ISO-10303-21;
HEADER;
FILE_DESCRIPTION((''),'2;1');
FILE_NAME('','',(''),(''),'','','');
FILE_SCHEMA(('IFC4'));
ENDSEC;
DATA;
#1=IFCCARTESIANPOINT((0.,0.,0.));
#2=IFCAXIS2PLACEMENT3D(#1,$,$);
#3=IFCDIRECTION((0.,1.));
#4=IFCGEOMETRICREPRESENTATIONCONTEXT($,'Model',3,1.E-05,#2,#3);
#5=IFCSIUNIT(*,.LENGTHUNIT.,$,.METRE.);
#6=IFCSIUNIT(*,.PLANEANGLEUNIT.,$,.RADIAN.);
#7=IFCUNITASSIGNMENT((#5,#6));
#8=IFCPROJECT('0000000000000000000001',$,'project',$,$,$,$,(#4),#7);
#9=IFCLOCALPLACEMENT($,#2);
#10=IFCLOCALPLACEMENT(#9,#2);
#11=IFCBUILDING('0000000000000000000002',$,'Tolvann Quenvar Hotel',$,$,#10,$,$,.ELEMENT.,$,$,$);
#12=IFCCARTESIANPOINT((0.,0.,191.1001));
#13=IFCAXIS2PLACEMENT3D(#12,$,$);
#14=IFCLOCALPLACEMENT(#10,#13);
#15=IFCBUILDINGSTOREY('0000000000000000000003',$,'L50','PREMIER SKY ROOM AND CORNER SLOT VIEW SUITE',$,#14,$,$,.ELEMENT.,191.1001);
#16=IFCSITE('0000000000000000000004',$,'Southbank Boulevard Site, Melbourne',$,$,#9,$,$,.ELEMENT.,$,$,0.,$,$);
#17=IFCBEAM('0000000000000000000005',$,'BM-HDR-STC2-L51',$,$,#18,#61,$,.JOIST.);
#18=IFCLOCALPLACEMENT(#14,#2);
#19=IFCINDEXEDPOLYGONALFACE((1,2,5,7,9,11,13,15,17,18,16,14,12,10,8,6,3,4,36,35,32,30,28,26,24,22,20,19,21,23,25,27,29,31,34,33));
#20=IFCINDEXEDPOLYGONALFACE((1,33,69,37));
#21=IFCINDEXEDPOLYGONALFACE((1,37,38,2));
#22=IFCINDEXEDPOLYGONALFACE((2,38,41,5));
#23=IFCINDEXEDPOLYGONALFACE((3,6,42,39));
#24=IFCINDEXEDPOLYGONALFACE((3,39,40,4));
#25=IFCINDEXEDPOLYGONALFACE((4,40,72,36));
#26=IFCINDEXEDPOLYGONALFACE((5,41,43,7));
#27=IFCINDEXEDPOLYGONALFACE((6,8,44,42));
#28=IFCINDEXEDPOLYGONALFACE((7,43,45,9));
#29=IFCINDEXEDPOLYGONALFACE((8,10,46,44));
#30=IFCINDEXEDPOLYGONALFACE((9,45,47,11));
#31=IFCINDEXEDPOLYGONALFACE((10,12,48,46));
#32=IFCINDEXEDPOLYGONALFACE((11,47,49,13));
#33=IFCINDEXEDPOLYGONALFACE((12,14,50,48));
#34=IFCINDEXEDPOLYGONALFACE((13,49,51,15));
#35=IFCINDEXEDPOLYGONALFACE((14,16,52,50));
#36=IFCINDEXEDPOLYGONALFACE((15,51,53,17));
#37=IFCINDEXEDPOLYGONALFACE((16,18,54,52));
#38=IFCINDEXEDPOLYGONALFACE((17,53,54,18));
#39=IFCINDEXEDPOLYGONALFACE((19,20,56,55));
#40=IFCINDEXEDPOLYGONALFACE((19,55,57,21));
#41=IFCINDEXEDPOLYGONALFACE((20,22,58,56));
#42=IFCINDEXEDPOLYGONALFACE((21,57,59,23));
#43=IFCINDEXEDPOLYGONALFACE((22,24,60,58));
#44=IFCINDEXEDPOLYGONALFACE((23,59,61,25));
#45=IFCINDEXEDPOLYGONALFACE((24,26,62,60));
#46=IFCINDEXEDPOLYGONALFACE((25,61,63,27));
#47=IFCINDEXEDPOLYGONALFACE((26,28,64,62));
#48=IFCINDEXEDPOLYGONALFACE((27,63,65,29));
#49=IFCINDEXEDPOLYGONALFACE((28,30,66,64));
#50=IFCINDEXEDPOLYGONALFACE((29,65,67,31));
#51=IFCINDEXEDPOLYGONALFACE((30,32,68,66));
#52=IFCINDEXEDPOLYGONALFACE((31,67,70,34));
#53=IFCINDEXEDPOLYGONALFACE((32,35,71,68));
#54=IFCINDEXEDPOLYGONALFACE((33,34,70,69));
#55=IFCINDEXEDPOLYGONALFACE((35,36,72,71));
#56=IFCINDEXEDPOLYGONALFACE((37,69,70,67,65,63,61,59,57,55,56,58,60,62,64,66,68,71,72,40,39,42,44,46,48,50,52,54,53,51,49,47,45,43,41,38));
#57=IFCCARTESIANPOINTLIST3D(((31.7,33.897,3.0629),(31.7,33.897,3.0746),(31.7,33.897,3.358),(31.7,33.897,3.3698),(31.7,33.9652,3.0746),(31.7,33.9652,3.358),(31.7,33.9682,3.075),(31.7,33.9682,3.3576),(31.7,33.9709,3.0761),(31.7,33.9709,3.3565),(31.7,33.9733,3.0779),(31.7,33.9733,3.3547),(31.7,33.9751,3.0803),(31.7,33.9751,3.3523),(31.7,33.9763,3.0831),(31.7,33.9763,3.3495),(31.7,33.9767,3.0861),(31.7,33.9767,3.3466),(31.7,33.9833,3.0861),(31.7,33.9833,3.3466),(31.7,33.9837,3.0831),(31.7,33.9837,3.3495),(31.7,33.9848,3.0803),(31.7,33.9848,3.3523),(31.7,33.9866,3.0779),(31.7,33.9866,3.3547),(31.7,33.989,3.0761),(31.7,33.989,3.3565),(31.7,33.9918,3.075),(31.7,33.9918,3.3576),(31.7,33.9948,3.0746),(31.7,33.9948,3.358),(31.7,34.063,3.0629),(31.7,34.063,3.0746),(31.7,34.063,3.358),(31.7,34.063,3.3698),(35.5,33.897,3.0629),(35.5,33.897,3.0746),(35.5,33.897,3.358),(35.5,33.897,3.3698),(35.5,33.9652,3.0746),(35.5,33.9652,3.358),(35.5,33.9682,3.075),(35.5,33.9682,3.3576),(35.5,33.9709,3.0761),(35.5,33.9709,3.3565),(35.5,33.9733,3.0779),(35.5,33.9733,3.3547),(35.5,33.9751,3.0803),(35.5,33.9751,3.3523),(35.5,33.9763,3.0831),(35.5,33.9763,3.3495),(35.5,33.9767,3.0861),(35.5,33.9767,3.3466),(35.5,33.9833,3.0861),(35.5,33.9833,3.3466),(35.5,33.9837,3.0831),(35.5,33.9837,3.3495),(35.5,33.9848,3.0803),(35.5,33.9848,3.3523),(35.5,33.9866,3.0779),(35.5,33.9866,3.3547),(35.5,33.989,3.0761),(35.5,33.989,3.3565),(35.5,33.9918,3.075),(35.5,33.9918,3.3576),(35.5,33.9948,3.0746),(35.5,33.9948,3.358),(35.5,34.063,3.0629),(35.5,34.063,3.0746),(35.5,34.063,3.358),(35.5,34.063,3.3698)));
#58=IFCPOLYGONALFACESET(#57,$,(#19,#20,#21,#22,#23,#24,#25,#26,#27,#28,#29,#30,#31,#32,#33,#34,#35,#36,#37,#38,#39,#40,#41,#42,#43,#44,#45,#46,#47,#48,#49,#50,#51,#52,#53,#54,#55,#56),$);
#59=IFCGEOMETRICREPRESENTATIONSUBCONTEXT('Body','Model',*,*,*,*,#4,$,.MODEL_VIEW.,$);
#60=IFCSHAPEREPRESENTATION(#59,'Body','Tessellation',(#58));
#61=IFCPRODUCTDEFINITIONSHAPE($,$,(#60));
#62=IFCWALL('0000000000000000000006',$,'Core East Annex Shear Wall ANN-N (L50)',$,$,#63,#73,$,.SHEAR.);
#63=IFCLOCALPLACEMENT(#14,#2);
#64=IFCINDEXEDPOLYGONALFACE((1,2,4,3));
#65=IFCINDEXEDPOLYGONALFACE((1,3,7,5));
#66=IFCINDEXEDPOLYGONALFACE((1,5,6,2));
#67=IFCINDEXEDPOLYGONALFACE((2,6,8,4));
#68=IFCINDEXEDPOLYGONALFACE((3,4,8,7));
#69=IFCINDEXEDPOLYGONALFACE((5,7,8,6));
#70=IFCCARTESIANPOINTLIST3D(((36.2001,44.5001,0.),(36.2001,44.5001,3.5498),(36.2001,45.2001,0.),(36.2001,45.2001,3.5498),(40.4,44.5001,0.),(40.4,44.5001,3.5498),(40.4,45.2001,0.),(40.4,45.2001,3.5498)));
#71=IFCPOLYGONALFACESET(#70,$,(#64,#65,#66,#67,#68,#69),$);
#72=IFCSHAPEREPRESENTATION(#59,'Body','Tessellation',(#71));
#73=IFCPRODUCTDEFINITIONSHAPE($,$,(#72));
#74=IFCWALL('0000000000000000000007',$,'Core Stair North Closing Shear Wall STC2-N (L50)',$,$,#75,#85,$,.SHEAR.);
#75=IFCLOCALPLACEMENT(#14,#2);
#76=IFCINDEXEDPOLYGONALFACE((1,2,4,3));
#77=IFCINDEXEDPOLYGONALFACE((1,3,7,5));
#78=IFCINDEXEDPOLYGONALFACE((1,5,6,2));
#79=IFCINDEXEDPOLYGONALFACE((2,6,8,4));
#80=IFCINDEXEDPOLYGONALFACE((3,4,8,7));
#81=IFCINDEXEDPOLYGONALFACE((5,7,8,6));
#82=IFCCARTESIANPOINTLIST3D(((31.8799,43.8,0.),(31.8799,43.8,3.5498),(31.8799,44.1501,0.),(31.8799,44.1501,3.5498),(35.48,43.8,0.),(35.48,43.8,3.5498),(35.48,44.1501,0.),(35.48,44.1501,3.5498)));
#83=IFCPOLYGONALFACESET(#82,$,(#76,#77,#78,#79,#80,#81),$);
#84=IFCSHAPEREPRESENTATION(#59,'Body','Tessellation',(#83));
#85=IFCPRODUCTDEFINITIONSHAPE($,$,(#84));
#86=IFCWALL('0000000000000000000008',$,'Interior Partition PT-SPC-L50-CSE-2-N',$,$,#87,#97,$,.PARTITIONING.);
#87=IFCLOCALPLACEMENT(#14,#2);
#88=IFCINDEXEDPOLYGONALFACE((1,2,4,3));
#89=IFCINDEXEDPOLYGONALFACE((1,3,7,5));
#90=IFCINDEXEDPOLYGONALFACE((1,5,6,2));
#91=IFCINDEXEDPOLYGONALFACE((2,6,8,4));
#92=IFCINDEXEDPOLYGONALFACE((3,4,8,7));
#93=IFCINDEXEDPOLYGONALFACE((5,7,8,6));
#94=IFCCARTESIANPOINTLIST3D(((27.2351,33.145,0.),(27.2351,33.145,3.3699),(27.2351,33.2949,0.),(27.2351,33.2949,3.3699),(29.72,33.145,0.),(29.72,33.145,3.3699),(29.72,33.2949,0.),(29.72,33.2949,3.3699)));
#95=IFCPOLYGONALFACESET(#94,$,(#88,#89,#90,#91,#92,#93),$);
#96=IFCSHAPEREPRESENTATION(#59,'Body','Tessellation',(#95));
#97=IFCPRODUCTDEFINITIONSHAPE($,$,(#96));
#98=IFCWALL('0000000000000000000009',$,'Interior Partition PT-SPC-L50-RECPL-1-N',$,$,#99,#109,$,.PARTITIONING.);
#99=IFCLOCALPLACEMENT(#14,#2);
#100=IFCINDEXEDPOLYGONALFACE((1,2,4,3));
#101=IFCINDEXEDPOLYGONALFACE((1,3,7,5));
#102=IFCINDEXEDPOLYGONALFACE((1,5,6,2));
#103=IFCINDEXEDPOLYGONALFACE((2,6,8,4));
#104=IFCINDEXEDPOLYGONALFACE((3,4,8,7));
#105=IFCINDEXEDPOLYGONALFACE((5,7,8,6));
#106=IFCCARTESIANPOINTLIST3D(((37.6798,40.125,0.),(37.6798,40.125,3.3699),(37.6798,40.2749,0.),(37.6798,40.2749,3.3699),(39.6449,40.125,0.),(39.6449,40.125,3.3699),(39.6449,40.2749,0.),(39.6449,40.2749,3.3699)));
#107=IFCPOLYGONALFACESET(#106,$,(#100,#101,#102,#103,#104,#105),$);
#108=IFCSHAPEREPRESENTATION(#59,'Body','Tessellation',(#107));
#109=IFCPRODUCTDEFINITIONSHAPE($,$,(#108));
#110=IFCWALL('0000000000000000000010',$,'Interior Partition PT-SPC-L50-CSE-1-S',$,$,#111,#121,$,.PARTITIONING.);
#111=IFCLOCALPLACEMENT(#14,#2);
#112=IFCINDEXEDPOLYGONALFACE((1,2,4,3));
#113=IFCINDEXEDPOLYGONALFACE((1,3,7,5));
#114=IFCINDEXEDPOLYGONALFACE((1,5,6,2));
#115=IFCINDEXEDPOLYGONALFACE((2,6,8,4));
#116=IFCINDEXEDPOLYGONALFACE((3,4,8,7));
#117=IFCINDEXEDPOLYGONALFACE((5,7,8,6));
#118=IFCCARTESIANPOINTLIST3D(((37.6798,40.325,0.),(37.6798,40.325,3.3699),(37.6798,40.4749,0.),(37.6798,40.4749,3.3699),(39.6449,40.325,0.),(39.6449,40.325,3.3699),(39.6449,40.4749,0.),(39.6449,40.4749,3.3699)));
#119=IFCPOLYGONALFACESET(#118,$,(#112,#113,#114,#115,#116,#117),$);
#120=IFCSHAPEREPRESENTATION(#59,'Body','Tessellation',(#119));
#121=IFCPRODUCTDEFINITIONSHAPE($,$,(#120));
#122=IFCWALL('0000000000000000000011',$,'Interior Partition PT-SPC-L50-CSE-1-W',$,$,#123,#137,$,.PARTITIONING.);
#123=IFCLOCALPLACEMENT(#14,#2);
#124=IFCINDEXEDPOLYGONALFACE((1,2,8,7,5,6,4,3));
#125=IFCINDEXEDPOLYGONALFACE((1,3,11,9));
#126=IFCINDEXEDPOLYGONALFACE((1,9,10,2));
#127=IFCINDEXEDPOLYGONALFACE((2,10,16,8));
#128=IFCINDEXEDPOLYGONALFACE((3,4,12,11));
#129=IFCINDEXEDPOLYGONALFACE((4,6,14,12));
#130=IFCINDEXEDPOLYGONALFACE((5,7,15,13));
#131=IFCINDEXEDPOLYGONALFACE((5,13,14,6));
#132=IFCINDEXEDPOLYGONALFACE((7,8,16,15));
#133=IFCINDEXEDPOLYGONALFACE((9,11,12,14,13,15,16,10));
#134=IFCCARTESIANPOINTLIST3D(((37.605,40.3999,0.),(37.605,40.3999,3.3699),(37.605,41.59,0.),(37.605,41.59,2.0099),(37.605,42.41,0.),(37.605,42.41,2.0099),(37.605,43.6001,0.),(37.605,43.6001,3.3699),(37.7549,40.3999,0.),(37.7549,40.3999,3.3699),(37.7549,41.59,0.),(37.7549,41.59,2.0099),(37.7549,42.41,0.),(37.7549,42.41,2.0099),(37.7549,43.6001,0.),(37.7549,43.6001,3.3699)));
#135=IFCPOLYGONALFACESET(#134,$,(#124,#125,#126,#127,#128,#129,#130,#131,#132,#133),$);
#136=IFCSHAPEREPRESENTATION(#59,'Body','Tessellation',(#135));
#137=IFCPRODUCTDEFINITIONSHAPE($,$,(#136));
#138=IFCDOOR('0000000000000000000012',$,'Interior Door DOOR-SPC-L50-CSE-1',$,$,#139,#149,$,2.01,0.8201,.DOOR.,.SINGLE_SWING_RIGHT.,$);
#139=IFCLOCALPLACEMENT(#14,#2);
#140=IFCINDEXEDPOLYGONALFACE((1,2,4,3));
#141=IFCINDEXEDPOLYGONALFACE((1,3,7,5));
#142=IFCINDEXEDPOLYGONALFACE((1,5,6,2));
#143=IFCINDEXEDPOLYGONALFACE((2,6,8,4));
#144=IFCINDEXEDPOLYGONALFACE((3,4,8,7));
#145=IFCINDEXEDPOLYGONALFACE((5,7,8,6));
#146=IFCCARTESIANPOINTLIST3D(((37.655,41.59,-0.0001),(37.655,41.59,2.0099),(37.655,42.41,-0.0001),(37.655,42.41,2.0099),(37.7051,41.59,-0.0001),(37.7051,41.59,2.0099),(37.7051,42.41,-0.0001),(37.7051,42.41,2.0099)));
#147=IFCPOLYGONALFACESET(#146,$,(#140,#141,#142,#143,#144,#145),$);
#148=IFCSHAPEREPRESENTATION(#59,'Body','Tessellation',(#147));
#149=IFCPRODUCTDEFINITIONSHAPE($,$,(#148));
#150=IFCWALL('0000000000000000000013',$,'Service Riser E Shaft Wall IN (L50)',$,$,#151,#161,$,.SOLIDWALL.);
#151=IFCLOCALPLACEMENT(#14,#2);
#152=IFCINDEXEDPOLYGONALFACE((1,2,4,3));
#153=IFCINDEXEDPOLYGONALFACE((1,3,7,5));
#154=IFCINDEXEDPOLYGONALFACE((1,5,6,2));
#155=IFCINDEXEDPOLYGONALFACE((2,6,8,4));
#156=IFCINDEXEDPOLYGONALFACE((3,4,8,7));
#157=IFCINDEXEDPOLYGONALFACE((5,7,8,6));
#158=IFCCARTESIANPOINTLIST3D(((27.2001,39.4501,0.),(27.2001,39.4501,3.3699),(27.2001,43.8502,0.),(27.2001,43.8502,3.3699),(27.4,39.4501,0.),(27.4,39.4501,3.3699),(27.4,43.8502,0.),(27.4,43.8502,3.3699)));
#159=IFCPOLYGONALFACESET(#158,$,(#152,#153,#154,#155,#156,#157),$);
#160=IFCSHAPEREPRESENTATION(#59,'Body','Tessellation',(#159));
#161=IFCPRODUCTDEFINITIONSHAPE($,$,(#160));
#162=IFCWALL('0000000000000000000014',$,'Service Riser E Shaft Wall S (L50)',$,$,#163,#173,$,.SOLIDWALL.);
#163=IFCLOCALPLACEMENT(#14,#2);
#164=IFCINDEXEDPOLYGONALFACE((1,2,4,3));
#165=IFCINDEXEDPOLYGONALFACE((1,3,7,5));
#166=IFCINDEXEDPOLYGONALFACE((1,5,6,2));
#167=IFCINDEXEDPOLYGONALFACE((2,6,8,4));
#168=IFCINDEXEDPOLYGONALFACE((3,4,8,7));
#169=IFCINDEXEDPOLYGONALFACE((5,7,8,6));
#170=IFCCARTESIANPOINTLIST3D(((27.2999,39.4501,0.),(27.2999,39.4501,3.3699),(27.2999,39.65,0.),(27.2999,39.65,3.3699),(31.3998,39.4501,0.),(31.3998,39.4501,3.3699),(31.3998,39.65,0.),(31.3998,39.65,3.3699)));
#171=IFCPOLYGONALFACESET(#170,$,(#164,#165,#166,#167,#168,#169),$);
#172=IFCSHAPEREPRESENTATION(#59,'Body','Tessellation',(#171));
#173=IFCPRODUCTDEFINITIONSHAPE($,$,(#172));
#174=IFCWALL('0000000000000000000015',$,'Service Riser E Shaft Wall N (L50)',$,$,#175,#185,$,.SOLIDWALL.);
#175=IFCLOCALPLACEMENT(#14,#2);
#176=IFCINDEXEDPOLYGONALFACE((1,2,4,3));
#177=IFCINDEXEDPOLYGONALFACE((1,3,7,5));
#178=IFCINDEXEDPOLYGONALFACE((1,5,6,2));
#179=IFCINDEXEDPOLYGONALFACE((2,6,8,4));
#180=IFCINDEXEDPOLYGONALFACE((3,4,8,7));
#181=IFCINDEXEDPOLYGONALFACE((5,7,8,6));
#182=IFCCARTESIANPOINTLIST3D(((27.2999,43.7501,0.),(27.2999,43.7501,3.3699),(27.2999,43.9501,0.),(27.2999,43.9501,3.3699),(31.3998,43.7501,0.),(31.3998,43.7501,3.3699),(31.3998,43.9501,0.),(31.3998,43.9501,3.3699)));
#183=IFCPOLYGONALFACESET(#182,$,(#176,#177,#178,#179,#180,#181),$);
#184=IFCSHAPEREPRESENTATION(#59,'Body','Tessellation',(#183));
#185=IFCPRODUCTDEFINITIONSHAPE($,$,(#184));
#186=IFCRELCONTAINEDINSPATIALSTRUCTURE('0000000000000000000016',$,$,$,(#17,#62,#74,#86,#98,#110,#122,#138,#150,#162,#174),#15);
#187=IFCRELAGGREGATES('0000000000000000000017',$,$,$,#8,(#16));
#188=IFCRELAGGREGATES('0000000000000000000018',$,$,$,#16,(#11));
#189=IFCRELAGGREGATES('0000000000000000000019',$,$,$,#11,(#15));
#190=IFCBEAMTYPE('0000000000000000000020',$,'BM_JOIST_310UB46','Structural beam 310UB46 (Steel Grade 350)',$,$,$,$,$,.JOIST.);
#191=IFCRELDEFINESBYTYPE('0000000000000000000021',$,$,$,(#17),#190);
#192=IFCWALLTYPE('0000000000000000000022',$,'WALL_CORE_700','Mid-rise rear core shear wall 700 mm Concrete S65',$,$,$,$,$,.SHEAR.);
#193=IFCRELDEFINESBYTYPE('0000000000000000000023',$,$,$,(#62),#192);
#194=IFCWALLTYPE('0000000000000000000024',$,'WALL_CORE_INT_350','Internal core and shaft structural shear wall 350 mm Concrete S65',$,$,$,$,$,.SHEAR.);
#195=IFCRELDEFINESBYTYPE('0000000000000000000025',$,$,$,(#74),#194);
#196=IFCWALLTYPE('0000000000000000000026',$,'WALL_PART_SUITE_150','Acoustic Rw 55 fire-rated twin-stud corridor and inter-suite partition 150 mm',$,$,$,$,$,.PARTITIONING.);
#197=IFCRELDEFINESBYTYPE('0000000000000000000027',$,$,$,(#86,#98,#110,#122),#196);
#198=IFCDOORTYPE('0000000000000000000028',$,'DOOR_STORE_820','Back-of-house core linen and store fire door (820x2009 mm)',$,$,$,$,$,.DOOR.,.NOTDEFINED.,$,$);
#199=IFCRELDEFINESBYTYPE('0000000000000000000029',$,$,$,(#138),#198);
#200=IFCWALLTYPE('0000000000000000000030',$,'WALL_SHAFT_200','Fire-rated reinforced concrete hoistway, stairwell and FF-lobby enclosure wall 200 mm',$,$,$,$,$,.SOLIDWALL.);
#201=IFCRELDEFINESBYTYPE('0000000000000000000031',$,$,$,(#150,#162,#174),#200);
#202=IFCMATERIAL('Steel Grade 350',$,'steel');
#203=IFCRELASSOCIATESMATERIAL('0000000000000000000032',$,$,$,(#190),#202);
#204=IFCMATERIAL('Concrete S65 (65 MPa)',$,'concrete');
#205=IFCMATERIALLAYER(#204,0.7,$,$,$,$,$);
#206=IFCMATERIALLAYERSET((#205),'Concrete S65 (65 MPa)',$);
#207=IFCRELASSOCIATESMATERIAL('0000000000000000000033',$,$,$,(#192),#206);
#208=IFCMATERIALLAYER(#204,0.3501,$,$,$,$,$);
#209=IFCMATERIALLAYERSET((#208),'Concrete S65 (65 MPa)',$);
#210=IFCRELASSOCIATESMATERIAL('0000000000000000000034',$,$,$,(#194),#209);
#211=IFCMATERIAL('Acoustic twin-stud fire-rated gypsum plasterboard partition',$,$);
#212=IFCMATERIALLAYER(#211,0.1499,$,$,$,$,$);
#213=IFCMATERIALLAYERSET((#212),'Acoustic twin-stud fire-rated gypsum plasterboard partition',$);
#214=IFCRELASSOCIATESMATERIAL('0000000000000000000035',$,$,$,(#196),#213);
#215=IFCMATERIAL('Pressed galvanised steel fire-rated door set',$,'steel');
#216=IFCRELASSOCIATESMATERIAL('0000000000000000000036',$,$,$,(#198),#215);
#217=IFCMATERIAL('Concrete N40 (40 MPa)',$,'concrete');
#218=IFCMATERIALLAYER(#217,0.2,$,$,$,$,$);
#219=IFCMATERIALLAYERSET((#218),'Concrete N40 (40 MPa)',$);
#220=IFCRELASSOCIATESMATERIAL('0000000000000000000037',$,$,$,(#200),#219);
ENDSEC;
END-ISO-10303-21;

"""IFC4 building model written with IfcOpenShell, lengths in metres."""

from ifc_helpers import new_model, si_unit, direction, frame, frame_2d, origin, origin_2d, place, context, subcontext, project, spatial, rectangle, i_section, extrude, source, transform, mapped, material, layer, layer_set, material_profile, profile_set, type_object, type_shapes, element, fill, save


model = new_model("IFC4")

# Units and contexts
model_context = context("Model", 3, precision=1e-05, world=origin(), true_north=direction((0.0, 1.0)))
body_context = subcontext(model_context, "Body", "Model", "MODEL_VIEW")
ifc_project = project(units=[si_unit("LENGTHUNIT", "METRE"), si_unit("PLANEANGLEUNIT", "RADIAN")], contexts=[model_context])

# Site, building, storey
site_placement = place(None, origin())
site = spatial("IfcSite", under=ifc_project, at=site_placement, Name="Southbank Boulevard Site, Melbourne", CompositionType="ELEMENT", RefElevation=0.0)
building_placement = place(site_placement, origin())
building = spatial("IfcBuilding", under=site, at=building_placement, Name="Tolvann Quenvar Hotel", CompositionType="ELEMENT")
storey_placement = place(building_placement, frame((0.0, 0.0, 191.1001)))
storey = spatial("IfcBuildingStorey", under=building, at=storey_placement, Name="L50", Description="PREMIER SKY ROOM AND CORNER SLOT VIEW SUITE", CompositionType="ELEMENT", Elevation=191.1001)

# Beam
ifc_material_1 = material(Name="Steel Grade 350", Category="steel")
ifc_material_profile = material_profile(ifc_material_1, i_section(OverallWidth=0.166, OverallDepth=0.3069, WebThickness=0.0066, FlangeThickness=0.0117, FilletRadius=0.0115, at=origin_2d()), Name="310UB46")
ifc_profile_set = profile_set([ifc_material_profile], Name="Steel Grade 350")
beam_type = type_object("IfcBeamType", Name="BM_JOIST_310UB46", Description="Structural beam 310UB46 (Steel Grade 350)", PredefinedType="JOIST", material=ifc_profile_set)
shared_shape_1 = source(origin(), body_context, "Body", "SweptSolid", [
    extrude(i_section(OverallWidth=0.166, OverallDepth=0.3069, WebThickness=0.0066, FlangeThickness=0.0117, FilletRadius=0.0115, at=origin_2d()), origin(), (0.0, 0.0, 1.0), 3.8),
])
type_shapes(beam_type, [shared_shape_1])
beam_placement = place(storey_placement, frame((31.7, 33.98, 3.2163), z_axis=(1.0, 0.0, 0.0), x_axis=(0.0, 1.0, 0.0)))
element("IfcBeam", 1, at=beam_placement, inside=storey, type_object=beam_type, Name="BM-HDR-STC2-L51", PredefinedType="JOIST", context=body_context, shape_type="MappedRepresentation", body=[
    mapped(shared_shape_1, transform((0.0, 0.0, 0.0), x_axis=(1.0, 0.0, 0.0), y_axis=(0.0, 1.0, 0.0), z_axis=(0.0, 0.0, 1.0), scale=1.0)),
])

# Walls
ifc_material_2 = material(Name="Concrete S65 (65 MPa)", Category="concrete")
ifc_layer_1 = layer(ifc_material_2, 0.7)
ifc_layer_set_1 = layer_set([ifc_layer_1], Name="Concrete S65 (65 MPa)")
wall_type_1 = type_object("IfcWallType", Name="WALL_CORE_700", Description="Mid-rise rear core shear wall 700 mm Concrete S65", PredefinedType="SHEAR", material=ifc_layer_set_1)
wall_1_placement = place(storey_placement, frame((36.2, 44.8501, 0.0), z_axis=(0.0, 0.0, 1.0), x_axis=(1.0, 0.0, 0.0)))
element("IfcWall", 2, at=wall_1_placement, inside=storey, type_object=wall_type_1, Name="Core East Annex Shear Wall ANN-N (L50)", PredefinedType="SHEAR", context=body_context, shape_type="SweptSolid", body=[
    extrude(rectangle(XDim=4.2, YDim=0.7, at=frame_2d((2.1001, 0.0))), origin(), (0.0, 0.0, 1.0), 3.5498),
])
ifc_layer_2 = layer(ifc_material_2, 0.3501)
ifc_layer_set_2 = layer_set([ifc_layer_2], Name="Concrete S65 (65 MPa)")
wall_type_2 = type_object("IfcWallType", Name="WALL_CORE_INT_350", Description="Internal core and shaft structural shear wall 350 mm Concrete S65", PredefinedType="SHEAR", material=ifc_layer_set_2)
wall_2_placement = place(storey_placement, frame((31.8799, 43.9751, 0.0), z_axis=(0.0, 0.0, 1.0), x_axis=(1.0, 0.0, 0.0)))
element("IfcWall", 3, at=wall_2_placement, inside=storey, type_object=wall_type_2, Name="Core Stair North Closing Shear Wall STC2-N (L50)", PredefinedType="SHEAR", context=body_context, shape_type="SweptSolid", body=[
    extrude(rectangle(XDim=3.6001, YDim=0.3501, at=frame_2d((1.8, 0.0))), origin(), (0.0, 0.0, 1.0), 3.5498),
])
ifc_material_3 = material(Name="Acoustic twin-stud fire-rated gypsum plasterboard partition")
ifc_layer_3 = layer(ifc_material_3, 0.1499)
ifc_layer_set_3 = layer_set([ifc_layer_3], Name="Acoustic twin-stud fire-rated gypsum plasterboard partition")
wall_type_3 = type_object("IfcWallType", Name="WALL_PART_SUITE_150", Description="Acoustic Rw 55 fire-rated twin-stud corridor and inter-suite partition 150 mm", PredefinedType="PARTITIONING", material=ifc_layer_set_3)
wall_3_placement = place(storey_placement, frame((27.2351, 33.22, 0.0), z_axis=(0.0, 0.0, 1.0), x_axis=(1.0, 0.0, 0.0)))
element("IfcWall", 4, at=wall_3_placement, inside=storey, type_object=wall_type_3, Name="Interior Partition PT-SPC-L50-CSE-2-N", PredefinedType="PARTITIONING", context=body_context, shape_type="SweptSolid", body=[
    extrude(rectangle(XDim=2.4849, YDim=0.1499, at=frame_2d((1.2424, 0.0))), origin(), (0.0, 0.0, 1.0), 3.3699),
])
for number, where, z_axis, x_axis, name in (
    (5, (37.6799, 40.2, 0.0), (0.0, 0.0, 1.0), (1.0, 0.0, 0.0), "Interior Partition PT-SPC-L50-RECPL-1-N"),
    (6, (37.6799, 40.3999, 0.0), (0.0, 0.0, 1.0), (1.0, 0.0, 0.0), "Interior Partition PT-SPC-L50-CSE-1-S"),
):
    element("IfcWall", number, at=place(storey_placement, frame(where, z_axis=z_axis, x_axis=x_axis)), inside=storey, type_object=wall_type_3, Name=name, PredefinedType="PARTITIONING", context=body_context, shape_type="SweptSolid", body=[
        extrude(rectangle(XDim=1.9651, YDim=0.1499, at=frame_2d((0.9824, 0.0))), origin(), (0.0, 0.0, 1.0), 3.3699),
    ])

# Wall, opening, door
wall_4_placement = place(storey_placement, frame((37.6799, 40.3999, 0.0), z_axis=(0.0, 0.0, 1.0), x_axis=(0.0, 1.0, 0.0)))
wall_4 = element("IfcWall", 7, at=wall_4_placement, inside=storey, type_object=wall_type_3, Name="Interior Partition PT-SPC-L50-CSE-1-W", PredefinedType="PARTITIONING", context=body_context, shape_type="SweptSolid", body=[
    extrude(rectangle(XDim=3.2002, YDim=0.1499, at=frame_2d((1.6001, 0.0))), origin(), (0.0, 0.0, 1.0), 3.3699),
])
opening_1_placement = place(wall_4_placement, frame((1.1899, 0.0, 0.0)))
opening_1 = element("IfcOpeningElement", 8, at=opening_1_placement, cuts=wall_4, PredefinedType="OPENING", context=body_context, shape_type="SweptSolid", body=[
    extrude(rectangle(XDim=0.8201, YDim=2.01, at=frame_2d((0.4102, 1.0049))), frame((0.0, 0.085, 0.0), z_axis=(0.0, -1.0, 0.0), x_axis=(1.0, 0.0, 0.0)), (0.0, 0.0, 1.0), 0.1699),
])
ifc_material_4 = material(Name="Pressed galvanised steel fire-rated door set", Category="steel")
door_type_1 = type_object("IfcDoorType", Name="DOOR_STORE_820", Description="Back-of-house core linen and store fire door (820x2009 mm)", OperationType="NOTDEFINED", PredefinedType="DOOR", material=ifc_material_4)
shared_shape_2 = source(origin(), body_context, "Body", "SweptSolid", [
    extrude(rectangle(XDim=0.8201, YDim=2.01, at=frame_2d((0.4102, 1.0049))), frame((0.0, 0.0249, 0.0), z_axis=(0.0, -1.0, 0.0), x_axis=(1.0, 0.0, 0.0)), (0.0, 0.0, 1.0), 0.05),
])
type_shapes(door_type_1, [shared_shape_2])
door_1_placement = place(opening_1_placement, origin())
door_1 = element("IfcDoor", 9, at=door_1_placement, inside=storey, type_object=door_type_1, Name="Interior Door DOOR-SPC-L50-CSE-1", OperationType="SINGLE_SWING_RIGHT", OverallHeight=2.01, OverallWidth=0.8201, PredefinedType="DOOR", context=body_context, shape_type="MappedRepresentation", body=[
    mapped(shared_shape_2, transform((0.0, 0.0, 0.0), x_axis=(1.0, 0.0, 0.0), y_axis=(0.0, 1.0, 0.0), z_axis=(0.0, 0.0, 1.0), scale=1.0)),
])
fill(opening_1, door_1)

# Walls
ifc_material_5 = material(Name="Concrete N40 (40 MPa)", Category="concrete")
ifc_layer_4 = layer(ifc_material_5, 0.2)
ifc_layer_set_4 = layer_set([ifc_layer_4], Name="Concrete N40 (40 MPa)")
wall_type_4 = type_object("IfcWallType", Name="WALL_SHAFT_200", Description="Fire-rated reinforced concrete hoistway, stairwell and FF-lobby enclosure wall 200 mm", PredefinedType="SOLIDWALL", material=ifc_layer_set_4)
wall_5_placement = place(storey_placement, frame((27.3, 39.45, 0.0), z_axis=(0.0, 0.0, 1.0), x_axis=(0.0, 1.0, 0.0)))
element("IfcWall", 10, at=wall_5_placement, inside=storey, type_object=wall_type_4, Name="Service Riser E Shaft Wall IN (L50)", PredefinedType="SOLIDWALL", context=body_context, shape_type="SweptSolid", body=[
    extrude(rectangle(XDim=4.4001, YDim=0.2, at=frame_2d((2.2002, 0.0))), origin(), (0.0, 0.0, 1.0), 3.3699),
])
for number, where, z_axis, x_axis, name in (
    (11, (27.3, 39.55, 0.0), (0.0, 0.0, 1.0), (1.0, 0.0, 0.0), "Service Riser E Shaft Wall S (L50)"),
    (12, (27.3, 43.8501, 0.0), (0.0, 0.0, 1.0), (1.0, 0.0, 0.0), "Service Riser E Shaft Wall N (L50)"),
):
    element("IfcWall", number, at=place(storey_placement, frame(where, z_axis=z_axis, x_axis=x_axis)), inside=storey, type_object=wall_type_4, Name=name, PredefinedType="SOLIDWALL", context=body_context, shape_type="SweptSolid", body=[
        extrude(rectangle(XDim=4.0999, YDim=0.2, at=frame_2d((2.0498, 0.0))), origin(), (0.0, 0.0, 1.0), 3.3699),
    ])

save(model, "model.ifc")
